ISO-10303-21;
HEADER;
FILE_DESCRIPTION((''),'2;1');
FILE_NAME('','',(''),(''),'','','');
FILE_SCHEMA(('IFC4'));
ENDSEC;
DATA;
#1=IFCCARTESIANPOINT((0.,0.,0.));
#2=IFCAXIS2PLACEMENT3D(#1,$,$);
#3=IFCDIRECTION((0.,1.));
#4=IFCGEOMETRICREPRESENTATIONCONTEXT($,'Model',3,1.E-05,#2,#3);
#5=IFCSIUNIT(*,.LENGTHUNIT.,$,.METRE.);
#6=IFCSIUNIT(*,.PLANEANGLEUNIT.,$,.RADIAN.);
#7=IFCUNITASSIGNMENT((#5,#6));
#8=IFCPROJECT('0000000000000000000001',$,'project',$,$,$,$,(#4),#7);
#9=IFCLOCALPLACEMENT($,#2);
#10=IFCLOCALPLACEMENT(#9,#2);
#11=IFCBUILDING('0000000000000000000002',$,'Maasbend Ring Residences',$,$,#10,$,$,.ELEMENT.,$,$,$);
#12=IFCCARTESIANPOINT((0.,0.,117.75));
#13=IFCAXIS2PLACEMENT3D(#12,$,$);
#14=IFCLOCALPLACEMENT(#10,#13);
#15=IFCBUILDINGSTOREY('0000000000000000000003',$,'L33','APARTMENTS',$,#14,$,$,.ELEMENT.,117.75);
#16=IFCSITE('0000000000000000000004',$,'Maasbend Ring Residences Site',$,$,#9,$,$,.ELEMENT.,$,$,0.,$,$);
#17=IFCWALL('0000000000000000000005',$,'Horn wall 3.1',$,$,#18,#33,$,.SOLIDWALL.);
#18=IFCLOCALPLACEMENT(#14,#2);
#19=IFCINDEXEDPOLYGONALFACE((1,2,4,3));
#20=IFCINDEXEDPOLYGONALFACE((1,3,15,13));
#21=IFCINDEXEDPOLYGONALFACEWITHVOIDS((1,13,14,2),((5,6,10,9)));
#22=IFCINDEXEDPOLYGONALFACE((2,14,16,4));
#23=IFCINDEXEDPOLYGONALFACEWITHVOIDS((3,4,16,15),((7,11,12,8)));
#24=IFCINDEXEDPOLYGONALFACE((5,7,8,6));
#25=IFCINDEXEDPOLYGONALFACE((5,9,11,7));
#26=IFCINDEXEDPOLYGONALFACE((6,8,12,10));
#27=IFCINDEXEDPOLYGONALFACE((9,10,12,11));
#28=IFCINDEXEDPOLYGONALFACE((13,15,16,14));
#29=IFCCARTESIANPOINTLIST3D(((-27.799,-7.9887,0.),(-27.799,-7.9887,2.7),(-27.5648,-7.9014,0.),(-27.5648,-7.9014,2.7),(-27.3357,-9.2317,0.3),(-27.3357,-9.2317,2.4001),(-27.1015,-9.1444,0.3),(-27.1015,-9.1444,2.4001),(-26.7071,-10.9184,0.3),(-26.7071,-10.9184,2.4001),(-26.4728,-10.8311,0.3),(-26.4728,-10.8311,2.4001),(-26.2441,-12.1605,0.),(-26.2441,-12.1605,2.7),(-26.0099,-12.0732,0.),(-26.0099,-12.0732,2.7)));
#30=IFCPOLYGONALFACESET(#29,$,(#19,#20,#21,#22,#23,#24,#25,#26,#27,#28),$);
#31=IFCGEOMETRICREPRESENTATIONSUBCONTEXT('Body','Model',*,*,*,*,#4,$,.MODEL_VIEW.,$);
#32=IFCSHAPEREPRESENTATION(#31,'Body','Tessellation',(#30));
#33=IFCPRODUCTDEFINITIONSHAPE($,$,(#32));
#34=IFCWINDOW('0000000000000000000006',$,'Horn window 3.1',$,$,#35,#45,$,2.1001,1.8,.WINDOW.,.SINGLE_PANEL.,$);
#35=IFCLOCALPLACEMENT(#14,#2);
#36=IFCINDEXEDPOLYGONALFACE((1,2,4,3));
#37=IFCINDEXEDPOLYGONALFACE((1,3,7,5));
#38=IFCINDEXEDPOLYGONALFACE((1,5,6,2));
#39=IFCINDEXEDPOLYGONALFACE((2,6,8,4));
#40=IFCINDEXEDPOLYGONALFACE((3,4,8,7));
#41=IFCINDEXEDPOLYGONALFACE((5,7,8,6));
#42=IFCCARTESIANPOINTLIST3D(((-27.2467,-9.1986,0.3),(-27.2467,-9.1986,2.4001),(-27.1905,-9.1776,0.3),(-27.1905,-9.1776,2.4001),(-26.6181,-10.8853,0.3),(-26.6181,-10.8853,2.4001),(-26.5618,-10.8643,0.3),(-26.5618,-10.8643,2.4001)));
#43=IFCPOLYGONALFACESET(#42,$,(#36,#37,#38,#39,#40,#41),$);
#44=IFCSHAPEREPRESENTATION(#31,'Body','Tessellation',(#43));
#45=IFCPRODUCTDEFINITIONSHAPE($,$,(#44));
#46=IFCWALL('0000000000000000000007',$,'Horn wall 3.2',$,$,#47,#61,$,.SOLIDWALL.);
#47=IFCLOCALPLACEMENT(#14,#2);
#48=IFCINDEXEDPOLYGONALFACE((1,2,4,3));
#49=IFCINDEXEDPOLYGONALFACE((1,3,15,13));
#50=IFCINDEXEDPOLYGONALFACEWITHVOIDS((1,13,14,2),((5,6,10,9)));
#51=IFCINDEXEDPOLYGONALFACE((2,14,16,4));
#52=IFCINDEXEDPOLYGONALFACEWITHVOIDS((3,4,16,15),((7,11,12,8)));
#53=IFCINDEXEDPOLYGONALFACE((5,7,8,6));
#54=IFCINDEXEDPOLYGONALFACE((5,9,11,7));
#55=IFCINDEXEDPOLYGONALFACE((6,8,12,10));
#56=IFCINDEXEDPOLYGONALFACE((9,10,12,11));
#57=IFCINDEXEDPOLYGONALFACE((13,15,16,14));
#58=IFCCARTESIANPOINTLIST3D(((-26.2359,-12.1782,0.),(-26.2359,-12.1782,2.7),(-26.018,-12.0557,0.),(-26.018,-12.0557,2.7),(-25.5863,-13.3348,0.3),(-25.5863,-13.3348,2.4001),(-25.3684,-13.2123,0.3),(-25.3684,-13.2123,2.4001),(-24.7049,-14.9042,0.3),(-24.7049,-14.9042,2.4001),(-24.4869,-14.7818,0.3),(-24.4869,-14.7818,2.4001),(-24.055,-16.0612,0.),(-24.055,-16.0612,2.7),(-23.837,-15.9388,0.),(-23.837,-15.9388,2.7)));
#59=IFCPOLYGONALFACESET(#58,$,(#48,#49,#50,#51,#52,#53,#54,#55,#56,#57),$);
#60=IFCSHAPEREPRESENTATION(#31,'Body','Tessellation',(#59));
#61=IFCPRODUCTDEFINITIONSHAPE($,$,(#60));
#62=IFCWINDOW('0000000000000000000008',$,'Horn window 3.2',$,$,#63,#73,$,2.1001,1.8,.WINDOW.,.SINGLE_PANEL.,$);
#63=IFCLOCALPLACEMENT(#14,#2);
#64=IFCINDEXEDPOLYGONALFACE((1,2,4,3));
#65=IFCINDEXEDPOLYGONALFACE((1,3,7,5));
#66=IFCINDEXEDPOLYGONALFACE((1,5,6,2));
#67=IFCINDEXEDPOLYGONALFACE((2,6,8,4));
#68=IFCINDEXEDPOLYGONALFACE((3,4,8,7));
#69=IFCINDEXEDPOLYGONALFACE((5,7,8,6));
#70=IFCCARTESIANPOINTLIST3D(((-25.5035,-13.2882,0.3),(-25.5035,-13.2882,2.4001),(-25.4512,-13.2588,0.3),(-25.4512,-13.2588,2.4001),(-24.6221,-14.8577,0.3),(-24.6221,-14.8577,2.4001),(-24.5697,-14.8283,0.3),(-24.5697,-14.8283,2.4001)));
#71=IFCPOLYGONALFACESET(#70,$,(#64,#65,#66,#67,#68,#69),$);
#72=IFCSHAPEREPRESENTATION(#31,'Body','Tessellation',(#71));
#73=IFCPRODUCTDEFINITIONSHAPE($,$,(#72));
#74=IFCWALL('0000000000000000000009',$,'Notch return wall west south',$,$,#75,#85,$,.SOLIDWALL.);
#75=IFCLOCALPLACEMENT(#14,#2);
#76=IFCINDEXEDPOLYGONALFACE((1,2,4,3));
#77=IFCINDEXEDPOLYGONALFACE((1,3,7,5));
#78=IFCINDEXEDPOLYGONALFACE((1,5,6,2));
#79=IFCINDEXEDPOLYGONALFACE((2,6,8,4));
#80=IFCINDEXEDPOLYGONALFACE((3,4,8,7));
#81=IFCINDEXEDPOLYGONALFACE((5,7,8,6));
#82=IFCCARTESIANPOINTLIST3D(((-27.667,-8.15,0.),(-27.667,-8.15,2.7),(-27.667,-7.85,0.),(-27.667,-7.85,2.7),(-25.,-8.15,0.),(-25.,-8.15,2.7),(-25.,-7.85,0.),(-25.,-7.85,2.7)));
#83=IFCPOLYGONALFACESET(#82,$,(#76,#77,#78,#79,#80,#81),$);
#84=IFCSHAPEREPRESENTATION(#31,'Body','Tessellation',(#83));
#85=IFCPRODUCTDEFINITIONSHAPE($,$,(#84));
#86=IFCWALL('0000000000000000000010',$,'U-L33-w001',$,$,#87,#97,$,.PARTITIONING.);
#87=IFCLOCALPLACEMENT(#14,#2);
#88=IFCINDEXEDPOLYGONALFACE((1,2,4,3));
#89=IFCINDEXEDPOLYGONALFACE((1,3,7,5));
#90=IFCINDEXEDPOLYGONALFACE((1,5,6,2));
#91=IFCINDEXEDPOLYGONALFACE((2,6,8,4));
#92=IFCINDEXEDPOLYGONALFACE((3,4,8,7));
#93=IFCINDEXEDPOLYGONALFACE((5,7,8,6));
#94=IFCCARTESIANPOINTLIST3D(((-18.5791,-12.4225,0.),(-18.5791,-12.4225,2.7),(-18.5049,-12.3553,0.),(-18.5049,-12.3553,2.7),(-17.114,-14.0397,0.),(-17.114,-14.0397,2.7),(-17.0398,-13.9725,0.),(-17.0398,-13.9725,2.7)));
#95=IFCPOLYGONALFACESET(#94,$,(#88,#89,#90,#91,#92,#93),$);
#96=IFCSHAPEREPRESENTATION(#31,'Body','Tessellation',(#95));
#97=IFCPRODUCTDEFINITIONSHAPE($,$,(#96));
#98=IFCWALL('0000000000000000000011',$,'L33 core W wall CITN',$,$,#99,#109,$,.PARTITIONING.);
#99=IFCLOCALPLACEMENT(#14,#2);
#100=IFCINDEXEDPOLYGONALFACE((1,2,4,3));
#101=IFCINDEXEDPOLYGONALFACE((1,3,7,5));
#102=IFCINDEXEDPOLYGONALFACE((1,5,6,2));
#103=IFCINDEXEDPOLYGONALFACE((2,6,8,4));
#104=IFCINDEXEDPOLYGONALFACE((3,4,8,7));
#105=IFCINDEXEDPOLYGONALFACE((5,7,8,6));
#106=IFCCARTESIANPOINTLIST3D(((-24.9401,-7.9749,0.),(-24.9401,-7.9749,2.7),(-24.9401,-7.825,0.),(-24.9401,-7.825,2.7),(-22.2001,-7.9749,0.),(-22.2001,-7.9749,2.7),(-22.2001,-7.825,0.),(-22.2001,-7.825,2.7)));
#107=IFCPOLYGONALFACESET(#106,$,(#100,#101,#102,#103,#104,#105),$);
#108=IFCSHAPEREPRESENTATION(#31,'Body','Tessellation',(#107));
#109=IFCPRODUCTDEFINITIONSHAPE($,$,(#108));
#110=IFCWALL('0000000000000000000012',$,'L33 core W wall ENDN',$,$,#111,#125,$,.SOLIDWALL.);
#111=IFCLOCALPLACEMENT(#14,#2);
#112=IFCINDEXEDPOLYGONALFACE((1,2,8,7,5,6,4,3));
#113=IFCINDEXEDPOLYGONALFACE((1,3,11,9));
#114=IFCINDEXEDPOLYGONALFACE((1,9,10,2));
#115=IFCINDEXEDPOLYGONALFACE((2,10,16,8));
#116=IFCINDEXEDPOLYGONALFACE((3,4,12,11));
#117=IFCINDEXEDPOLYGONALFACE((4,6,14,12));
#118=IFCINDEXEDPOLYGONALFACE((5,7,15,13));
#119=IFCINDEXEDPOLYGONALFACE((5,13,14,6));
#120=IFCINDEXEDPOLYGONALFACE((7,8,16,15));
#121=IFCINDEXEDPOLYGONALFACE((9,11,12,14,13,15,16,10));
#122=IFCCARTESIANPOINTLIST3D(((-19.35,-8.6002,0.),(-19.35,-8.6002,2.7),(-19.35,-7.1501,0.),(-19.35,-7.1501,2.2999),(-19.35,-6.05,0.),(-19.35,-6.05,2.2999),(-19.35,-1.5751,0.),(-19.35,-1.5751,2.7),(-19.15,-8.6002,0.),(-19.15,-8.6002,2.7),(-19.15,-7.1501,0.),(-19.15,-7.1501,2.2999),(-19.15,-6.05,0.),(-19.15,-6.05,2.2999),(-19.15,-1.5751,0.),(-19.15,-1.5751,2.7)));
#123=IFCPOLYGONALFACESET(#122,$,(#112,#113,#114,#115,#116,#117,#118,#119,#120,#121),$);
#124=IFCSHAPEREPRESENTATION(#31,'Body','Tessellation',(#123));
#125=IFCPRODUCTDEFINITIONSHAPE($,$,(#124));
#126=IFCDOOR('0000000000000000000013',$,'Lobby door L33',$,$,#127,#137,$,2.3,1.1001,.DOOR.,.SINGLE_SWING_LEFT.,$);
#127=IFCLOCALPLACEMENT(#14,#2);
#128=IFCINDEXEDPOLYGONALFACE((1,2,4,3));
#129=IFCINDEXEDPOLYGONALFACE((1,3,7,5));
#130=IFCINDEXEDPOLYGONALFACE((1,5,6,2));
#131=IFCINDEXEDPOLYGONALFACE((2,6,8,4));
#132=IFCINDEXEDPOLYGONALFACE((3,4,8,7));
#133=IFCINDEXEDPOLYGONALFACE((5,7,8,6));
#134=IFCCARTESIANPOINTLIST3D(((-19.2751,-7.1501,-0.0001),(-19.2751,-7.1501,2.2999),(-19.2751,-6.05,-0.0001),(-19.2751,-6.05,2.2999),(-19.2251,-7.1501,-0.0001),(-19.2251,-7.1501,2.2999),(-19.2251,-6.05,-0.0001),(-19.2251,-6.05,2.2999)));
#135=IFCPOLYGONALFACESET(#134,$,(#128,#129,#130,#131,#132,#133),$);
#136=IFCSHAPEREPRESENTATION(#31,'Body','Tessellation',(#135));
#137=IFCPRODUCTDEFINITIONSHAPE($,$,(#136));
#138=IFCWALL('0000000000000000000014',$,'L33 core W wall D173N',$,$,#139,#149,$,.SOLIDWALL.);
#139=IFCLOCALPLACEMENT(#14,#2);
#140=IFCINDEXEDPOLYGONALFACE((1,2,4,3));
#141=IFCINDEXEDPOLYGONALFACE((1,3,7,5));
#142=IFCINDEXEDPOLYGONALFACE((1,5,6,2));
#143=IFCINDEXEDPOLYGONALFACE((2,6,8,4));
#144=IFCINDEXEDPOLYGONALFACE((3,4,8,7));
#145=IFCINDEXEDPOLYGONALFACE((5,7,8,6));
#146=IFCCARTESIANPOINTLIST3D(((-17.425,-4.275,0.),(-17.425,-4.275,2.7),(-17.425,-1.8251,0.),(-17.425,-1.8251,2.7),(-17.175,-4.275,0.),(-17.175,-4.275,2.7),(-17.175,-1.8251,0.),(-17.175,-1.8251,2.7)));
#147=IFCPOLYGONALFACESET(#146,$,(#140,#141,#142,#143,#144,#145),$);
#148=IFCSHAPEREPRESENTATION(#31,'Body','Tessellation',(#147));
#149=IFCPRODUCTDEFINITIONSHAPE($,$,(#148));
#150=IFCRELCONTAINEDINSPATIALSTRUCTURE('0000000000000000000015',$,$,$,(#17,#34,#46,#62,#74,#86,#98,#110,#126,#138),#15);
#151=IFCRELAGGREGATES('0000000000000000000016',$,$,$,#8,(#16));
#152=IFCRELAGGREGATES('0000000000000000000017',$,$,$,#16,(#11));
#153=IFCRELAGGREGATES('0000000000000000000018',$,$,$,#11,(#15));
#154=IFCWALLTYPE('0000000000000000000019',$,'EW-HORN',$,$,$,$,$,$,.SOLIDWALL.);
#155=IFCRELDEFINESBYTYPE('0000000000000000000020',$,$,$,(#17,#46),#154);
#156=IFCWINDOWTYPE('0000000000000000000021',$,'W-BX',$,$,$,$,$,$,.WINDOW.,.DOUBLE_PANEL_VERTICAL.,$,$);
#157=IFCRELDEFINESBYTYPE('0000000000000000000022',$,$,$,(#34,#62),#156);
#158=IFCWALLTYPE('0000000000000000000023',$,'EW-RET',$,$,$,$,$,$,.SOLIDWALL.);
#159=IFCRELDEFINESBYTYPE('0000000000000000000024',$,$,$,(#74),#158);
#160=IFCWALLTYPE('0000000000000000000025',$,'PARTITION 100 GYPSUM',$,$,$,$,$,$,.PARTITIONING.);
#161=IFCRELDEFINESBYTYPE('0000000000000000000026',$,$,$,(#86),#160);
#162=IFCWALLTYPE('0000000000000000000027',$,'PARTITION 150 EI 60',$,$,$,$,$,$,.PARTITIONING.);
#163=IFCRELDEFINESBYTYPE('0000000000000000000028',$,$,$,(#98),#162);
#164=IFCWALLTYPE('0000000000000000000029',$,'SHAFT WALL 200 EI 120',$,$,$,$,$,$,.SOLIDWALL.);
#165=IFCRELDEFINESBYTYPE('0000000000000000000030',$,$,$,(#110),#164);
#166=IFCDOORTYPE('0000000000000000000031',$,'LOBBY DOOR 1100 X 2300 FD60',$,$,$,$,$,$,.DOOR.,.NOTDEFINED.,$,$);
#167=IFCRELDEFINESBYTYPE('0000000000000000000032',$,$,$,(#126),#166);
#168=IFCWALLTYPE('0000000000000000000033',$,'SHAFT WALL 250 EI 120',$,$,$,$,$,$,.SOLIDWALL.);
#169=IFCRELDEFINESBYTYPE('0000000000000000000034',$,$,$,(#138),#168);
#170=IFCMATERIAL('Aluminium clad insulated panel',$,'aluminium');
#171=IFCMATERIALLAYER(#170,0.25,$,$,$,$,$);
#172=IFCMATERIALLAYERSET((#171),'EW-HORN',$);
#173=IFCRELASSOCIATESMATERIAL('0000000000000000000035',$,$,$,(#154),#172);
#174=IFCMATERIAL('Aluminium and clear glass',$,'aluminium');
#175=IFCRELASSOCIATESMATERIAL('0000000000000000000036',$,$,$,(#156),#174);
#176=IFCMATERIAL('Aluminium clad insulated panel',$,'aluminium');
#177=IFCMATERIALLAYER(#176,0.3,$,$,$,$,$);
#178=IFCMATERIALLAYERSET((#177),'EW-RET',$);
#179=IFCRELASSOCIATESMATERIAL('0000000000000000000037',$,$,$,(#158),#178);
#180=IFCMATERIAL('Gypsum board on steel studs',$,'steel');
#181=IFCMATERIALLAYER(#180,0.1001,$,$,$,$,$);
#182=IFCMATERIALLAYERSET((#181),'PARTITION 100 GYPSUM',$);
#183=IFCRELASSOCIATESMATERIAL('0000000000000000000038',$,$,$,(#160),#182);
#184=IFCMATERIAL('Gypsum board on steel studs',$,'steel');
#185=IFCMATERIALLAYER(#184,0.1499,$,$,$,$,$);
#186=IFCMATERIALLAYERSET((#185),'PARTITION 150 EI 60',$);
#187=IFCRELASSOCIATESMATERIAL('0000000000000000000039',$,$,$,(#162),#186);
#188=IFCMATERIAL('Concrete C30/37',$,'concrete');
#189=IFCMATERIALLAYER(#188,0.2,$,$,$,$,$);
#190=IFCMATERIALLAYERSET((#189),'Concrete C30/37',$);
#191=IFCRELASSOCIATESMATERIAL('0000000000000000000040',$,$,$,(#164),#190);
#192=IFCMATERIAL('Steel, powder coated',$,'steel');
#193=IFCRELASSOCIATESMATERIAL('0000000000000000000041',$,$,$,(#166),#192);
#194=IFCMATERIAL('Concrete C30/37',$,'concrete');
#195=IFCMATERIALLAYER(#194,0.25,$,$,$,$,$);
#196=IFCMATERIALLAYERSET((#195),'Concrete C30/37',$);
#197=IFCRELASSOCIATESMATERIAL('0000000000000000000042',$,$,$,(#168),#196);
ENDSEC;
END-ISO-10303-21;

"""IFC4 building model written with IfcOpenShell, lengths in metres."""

from ifc_helpers import new_model, si_unit, direction, frame, frame_2d, origin, place, context, subcontext, project, spatial, rectangle, extrude, material, layer, layer_set, type_object, element, fill, save


model = new_model("IFC4")

# Units and contexts
model_context = context("Model", 3, precision=1e-05, world=origin(), true_north=direction((0.0, 1.0)))
body_context = subcontext(model_context, "Body", "Model", "MODEL_VIEW")
ifc_project = project(units=[si_unit("LENGTHUNIT", "METRE"), si_unit("PLANEANGLEUNIT", "RADIAN")], contexts=[model_context])

# Site, building, storey
site_placement = place(None, origin())
site = spatial("IfcSite", under=ifc_project, at=site_placement, Name="Maasbend Ring Residences Site", CompositionType="ELEMENT", RefElevation=0.0)
building_placement = place(site_placement, origin())
building = spatial("IfcBuilding", under=site, at=building_placement, Name="Maasbend Ring Residences", CompositionType="ELEMENT")
storey_placement = place(building_placement, frame((0.0, 0.0, 117.75)))
storey = spatial("IfcBuildingStorey", under=building, at=storey_placement, Name="L33", Description="APARTMENTS", CompositionType="ELEMENT", Elevation=117.75)

# Walls, openings, windows
ifc_material_1 = material(Name="Aluminium clad insulated panel", Category="aluminium")
ifc_layer_1 = layer(ifc_material_1, 0.25)
ifc_layer_set_1 = layer_set([ifc_layer_1], Name="EW-HORN")
wall_type_1 = type_object("IfcWallType", Name="EW-HORN", PredefinedType="SOLIDWALL", material=ifc_layer_set_1)
wall_1_placement = place(storey_placement, frame((-27.6819, -7.9451, 0.0), z_axis=(0.0, 0.0, 1.0), x_axis=(0.349248, -0.93703, 0.0)))
wall_1 = element("IfcWall", 1, at=wall_1_placement, inside=storey, type_object=wall_type_1, Name="Horn wall 3.1", PredefinedType="SOLIDWALL", context=body_context, shape_type="SweptSolid", body=[
    extrude(rectangle(XDim=4.4521, YDim=0.25, at=frame_2d((2.2261, 0.0))), origin(), (0.0, 0.0, 1.0), 2.7),
])
opening_1_placement = place(wall_1_placement, frame((1.3267, 0.0, 0.3)))
opening_1 = element("IfcOpeningElement", 2, at=opening_1_placement, cuts=wall_1, PredefinedType="OPENING", context=body_context, shape_type="SweptSolid", body=[
    extrude(rectangle(XDim=1.8, YDim=2.1001, at=frame_2d((0.8999, 1.05))), frame((0.0, 0.135, 0.0), z_axis=(0.0, -1.0, 0.0), x_axis=(1.0, 0.0, 0.0)), (0.0, 0.0, 1.0), 0.27),
])
ifc_material_2 = material(Name="Aluminium and clear glass", Category="aluminium")
window_type = type_object("IfcWindowType", Name="W-BX", PartitioningType="DOUBLE_PANEL_VERTICAL", PredefinedType="WINDOW", material=ifc_material_2)
window_1_placement = place(opening_1_placement, origin())
window_1 = element("IfcWindow", 3, at=window_1_placement, inside=storey, type_object=window_type, Name="Horn window 3.1", OverallHeight=2.1001, OverallWidth=1.8, PartitioningType="SINGLE_PANEL", PredefinedType="WINDOW", context=body_context, shape_type="SweptSolid", body=[
    extrude(rectangle(XDim=1.8, YDim=2.1001, at=frame_2d((0.8999, 1.05))), frame((0.0, 0.03, 0.0), z_axis=(0.0, -1.0, 0.0), x_axis=(1.0, 0.0, 0.0)), (0.0, 0.0, 1.0), 0.0601),
])
fill(opening_1, window_1)
wall_2_placement = place(storey_placement, frame((-26.127, -12.1169, 0.0), z_axis=(0.0, 0.0, 1.0), x_axis=(0.489696, -0.871893, 0.0)))
wall_2 = element("IfcWall", 4, at=wall_2_placement, inside=storey, type_object=wall_type_1, Name="Horn wall 3.2", PredefinedType="SOLIDWALL", context=body_context, shape_type="SweptSolid", body=[
    extrude(rectangle(XDim=4.4536, YDim=0.25, at=frame_2d((2.2268, 0.0))), origin(), (0.0, 0.0, 1.0), 2.7),
])
opening_2_placement = place(wall_2_placement, frame((1.3267, 0.0, 0.3)))
opening_2 = element("IfcOpeningElement", 5, at=opening_2_placement, cuts=wall_2, PredefinedType="OPENING", context=body_context, shape_type="SweptSolid", body=[
    extrude(rectangle(XDim=1.8, YDim=2.1001, at=frame_2d((0.8999, 1.05))), frame((0.0, 0.135, 0.0), z_axis=(0.0, -1.0, 0.0), x_axis=(1.0, 0.0, 0.0)), (0.0, 0.0, 1.0), 0.27),
])
window_2_placement = place(opening_2_placement, origin())
window_2 = element("IfcWindow", 6, at=window_2_placement, inside=storey, type_object=window_type, Name="Horn window 3.2", OverallHeight=2.1001, OverallWidth=1.8, PartitioningType="SINGLE_PANEL", PredefinedType="WINDOW", context=body_context, shape_type="SweptSolid", body=[
    extrude(rectangle(XDim=1.8, YDim=2.1001, at=frame_2d((0.8999, 1.05))), frame((0.0, 0.03, 0.0), z_axis=(0.0, -1.0, 0.0), x_axis=(1.0, 0.0, 0.0)), (0.0, 0.0, 1.0), 0.0601),
])
fill(opening_2, window_2)

# Walls
ifc_material_3 = material(Name="Aluminium clad insulated panel", Category="aluminium")
ifc_layer_2 = layer(ifc_material_3, 0.3)
ifc_layer_set_2 = layer_set([ifc_layer_2], Name="EW-RET")
wall_type_2 = type_object("IfcWallType", Name="EW-RET", PredefinedType="SOLIDWALL", material=ifc_layer_set_2)
wall_3_placement = place(storey_placement, frame((-25.0, -8.0, 0.0), z_axis=(0.0, 0.0, 1.0), x_axis=(-1.0, 0.0, 0.0)))
element("IfcWall", 7, at=wall_3_placement, inside=storey, type_object=wall_type_2, Name="Notch return wall west south", PredefinedType="SOLIDWALL", context=body_context, shape_type="SweptSolid", body=[
    extrude(rectangle(XDim=2.667, YDim=0.3, at=frame_2d((1.3335, 0.0))), origin(), (0.0, 0.0, 1.0), 2.7),
])
ifc_material_4 = material(Name="Gypsum board on steel studs", Category="steel")
ifc_layer_3 = layer(ifc_material_4, 0.1001)
ifc_layer_set_3 = layer_set([ifc_layer_3], Name="PARTITION 100 GYPSUM")
wall_type_3 = type_object("IfcWallType", Name="PARTITION 100 GYPSUM", PredefinedType="PARTITIONING", material=ifc_layer_set_3)
wall_4_placement = place(storey_placement, frame((-18.542, -12.3889, 0.0), z_axis=(0.0, 0.0, 1.0), x_axis=(0.671397, -0.741098, 0.0)))
element("IfcWall", 8, at=wall_4_placement, inside=storey, type_object=wall_type_3, Name="U-L33-w001", PredefinedType="PARTITIONING", context=body_context, shape_type="SweptSolid", body=[
    extrude(rectangle(XDim=2.1821, YDim=0.1001, at=frame_2d((1.0911, 0.0))), origin(), (0.0, 0.0, 1.0), 2.7),
])
ifc_material_5 = material(Name="Gypsum board on steel studs", Category="steel")
ifc_layer_4 = layer(ifc_material_5, 0.1499)
ifc_layer_set_4 = layer_set([ifc_layer_4], Name="PARTITION 150 EI 60")
wall_type_4 = type_object("IfcWallType", Name="PARTITION 150 EI 60", PredefinedType="PARTITIONING", material=ifc_layer_set_4)
wall_5_placement = place(storey_placement, frame((-22.2, -7.8999, 0.0), z_axis=(0.0, 0.0, 1.0), x_axis=(-1.0, 0.0, 0.0)))
element("IfcWall", 9, at=wall_5_placement, inside=storey, type_object=wall_type_4, Name="L33 core W wall CITN", PredefinedType="PARTITIONING", context=body_context, shape_type="SweptSolid", body=[
    extrude(rectangle(XDim=2.74, YDim=0.1499, at=frame_2d((1.3701, 0.0))), origin(), (0.0, 0.0, 1.0), 2.7),
])

# Wall, opening, door
ifc_material_6 = material(Name="Concrete C30/37", Category="concrete")
ifc_layer_5 = layer(ifc_material_6, 0.2)
ifc_layer_set_5 = layer_set([ifc_layer_5], Name="Concrete C30/37")
wall_type_5 = type_object("IfcWallType", Name="SHAFT WALL 200 EI 120", PredefinedType="SOLIDWALL", material=ifc_layer_set_5)
wall_6_placement = place(storey_placement, frame((-19.25, -1.575, 0.0), z_axis=(0.0, 0.0, 1.0), x_axis=(0.0, -1.0, 0.0)))
wall_6 = element("IfcWall", 10, at=wall_6_placement, inside=storey, type_object=wall_type_5, Name="L33 core W wall ENDN", PredefinedType="SOLIDWALL", context=body_context, shape_type="SweptSolid", body=[
    extrude(rectangle(XDim=7.0251, YDim=0.2, at=frame_2d((3.5127, 0.0))), origin(), (0.0, 0.0, 1.0), 2.7),
])
opening_3_placement = place(wall_6_placement, frame((4.4751, 0.0, 0.0)))
opening_3 = element("IfcOpeningElement", 11, at=opening_3_placement, cuts=wall_6, PredefinedType="OPENING", context=body_context, shape_type="SweptSolid", body=[
    extrude(rectangle(XDim=1.1001, YDim=2.3, at=frame_2d((0.55, 1.1499))), frame((0.0, 0.1099, 0.0), z_axis=(0.0, -1.0, 0.0), x_axis=(1.0, 0.0, 0.0)), (0.0, 0.0, 1.0), 0.22),
])
ifc_material_7 = material(Name="Steel, powder coated", Category="steel")
door_type_1 = type_object("IfcDoorType", Name="LOBBY DOOR 1100 X 2300 FD60", OperationType="NOTDEFINED", PredefinedType="DOOR", material=ifc_material_7)
door_1_placement = place(opening_3_placement, origin())
door_1 = element("IfcDoor", 12, at=door_1_placement, inside=storey, type_object=door_type_1, Name="Lobby door L33", OperationType="SINGLE_SWING_LEFT", OverallHeight=2.3, OverallWidth=1.1001, PredefinedType="DOOR", context=body_context, shape_type="SweptSolid", body=[
    extrude(rectangle(XDim=1.1001, YDim=2.3, at=frame_2d((0.55, 1.1499))), frame((0.0, 0.0249, 0.0), z_axis=(0.0, -1.0, 0.0), x_axis=(1.0, 0.0, 0.0)), (0.0, 0.0, 1.0), 0.05),
])
fill(opening_3, door_1)

# Wall
ifc_material_8 = material(Name="Concrete C30/37", Category="concrete")
ifc_layer_6 = layer(ifc_material_8, 0.25)
ifc_layer_set_6 = layer_set([ifc_layer_6], Name="Concrete C30/37")
wall_type_6 = type_object("IfcWallType", Name="SHAFT WALL 250 EI 120", PredefinedType="SOLIDWALL", material=ifc_layer_set_6)
wall_7_placement = place(storey_placement, frame((-17.3, -1.825, 0.0), z_axis=(0.0, 0.0, 1.0), x_axis=(0.0, -1.0, 0.0)))
element("IfcWall", 13, at=wall_7_placement, inside=storey, type_object=wall_type_6, Name="L33 core W wall D173N", PredefinedType="SOLIDWALL", context=body_context, shape_type="SweptSolid", body=[
    extrude(rectangle(XDim=2.45, YDim=0.25, at=frame_2d((1.2251, 0.0))), origin(), (0.0, 0.0, 1.0), 2.7),
])

save(model, "model.ifc")
